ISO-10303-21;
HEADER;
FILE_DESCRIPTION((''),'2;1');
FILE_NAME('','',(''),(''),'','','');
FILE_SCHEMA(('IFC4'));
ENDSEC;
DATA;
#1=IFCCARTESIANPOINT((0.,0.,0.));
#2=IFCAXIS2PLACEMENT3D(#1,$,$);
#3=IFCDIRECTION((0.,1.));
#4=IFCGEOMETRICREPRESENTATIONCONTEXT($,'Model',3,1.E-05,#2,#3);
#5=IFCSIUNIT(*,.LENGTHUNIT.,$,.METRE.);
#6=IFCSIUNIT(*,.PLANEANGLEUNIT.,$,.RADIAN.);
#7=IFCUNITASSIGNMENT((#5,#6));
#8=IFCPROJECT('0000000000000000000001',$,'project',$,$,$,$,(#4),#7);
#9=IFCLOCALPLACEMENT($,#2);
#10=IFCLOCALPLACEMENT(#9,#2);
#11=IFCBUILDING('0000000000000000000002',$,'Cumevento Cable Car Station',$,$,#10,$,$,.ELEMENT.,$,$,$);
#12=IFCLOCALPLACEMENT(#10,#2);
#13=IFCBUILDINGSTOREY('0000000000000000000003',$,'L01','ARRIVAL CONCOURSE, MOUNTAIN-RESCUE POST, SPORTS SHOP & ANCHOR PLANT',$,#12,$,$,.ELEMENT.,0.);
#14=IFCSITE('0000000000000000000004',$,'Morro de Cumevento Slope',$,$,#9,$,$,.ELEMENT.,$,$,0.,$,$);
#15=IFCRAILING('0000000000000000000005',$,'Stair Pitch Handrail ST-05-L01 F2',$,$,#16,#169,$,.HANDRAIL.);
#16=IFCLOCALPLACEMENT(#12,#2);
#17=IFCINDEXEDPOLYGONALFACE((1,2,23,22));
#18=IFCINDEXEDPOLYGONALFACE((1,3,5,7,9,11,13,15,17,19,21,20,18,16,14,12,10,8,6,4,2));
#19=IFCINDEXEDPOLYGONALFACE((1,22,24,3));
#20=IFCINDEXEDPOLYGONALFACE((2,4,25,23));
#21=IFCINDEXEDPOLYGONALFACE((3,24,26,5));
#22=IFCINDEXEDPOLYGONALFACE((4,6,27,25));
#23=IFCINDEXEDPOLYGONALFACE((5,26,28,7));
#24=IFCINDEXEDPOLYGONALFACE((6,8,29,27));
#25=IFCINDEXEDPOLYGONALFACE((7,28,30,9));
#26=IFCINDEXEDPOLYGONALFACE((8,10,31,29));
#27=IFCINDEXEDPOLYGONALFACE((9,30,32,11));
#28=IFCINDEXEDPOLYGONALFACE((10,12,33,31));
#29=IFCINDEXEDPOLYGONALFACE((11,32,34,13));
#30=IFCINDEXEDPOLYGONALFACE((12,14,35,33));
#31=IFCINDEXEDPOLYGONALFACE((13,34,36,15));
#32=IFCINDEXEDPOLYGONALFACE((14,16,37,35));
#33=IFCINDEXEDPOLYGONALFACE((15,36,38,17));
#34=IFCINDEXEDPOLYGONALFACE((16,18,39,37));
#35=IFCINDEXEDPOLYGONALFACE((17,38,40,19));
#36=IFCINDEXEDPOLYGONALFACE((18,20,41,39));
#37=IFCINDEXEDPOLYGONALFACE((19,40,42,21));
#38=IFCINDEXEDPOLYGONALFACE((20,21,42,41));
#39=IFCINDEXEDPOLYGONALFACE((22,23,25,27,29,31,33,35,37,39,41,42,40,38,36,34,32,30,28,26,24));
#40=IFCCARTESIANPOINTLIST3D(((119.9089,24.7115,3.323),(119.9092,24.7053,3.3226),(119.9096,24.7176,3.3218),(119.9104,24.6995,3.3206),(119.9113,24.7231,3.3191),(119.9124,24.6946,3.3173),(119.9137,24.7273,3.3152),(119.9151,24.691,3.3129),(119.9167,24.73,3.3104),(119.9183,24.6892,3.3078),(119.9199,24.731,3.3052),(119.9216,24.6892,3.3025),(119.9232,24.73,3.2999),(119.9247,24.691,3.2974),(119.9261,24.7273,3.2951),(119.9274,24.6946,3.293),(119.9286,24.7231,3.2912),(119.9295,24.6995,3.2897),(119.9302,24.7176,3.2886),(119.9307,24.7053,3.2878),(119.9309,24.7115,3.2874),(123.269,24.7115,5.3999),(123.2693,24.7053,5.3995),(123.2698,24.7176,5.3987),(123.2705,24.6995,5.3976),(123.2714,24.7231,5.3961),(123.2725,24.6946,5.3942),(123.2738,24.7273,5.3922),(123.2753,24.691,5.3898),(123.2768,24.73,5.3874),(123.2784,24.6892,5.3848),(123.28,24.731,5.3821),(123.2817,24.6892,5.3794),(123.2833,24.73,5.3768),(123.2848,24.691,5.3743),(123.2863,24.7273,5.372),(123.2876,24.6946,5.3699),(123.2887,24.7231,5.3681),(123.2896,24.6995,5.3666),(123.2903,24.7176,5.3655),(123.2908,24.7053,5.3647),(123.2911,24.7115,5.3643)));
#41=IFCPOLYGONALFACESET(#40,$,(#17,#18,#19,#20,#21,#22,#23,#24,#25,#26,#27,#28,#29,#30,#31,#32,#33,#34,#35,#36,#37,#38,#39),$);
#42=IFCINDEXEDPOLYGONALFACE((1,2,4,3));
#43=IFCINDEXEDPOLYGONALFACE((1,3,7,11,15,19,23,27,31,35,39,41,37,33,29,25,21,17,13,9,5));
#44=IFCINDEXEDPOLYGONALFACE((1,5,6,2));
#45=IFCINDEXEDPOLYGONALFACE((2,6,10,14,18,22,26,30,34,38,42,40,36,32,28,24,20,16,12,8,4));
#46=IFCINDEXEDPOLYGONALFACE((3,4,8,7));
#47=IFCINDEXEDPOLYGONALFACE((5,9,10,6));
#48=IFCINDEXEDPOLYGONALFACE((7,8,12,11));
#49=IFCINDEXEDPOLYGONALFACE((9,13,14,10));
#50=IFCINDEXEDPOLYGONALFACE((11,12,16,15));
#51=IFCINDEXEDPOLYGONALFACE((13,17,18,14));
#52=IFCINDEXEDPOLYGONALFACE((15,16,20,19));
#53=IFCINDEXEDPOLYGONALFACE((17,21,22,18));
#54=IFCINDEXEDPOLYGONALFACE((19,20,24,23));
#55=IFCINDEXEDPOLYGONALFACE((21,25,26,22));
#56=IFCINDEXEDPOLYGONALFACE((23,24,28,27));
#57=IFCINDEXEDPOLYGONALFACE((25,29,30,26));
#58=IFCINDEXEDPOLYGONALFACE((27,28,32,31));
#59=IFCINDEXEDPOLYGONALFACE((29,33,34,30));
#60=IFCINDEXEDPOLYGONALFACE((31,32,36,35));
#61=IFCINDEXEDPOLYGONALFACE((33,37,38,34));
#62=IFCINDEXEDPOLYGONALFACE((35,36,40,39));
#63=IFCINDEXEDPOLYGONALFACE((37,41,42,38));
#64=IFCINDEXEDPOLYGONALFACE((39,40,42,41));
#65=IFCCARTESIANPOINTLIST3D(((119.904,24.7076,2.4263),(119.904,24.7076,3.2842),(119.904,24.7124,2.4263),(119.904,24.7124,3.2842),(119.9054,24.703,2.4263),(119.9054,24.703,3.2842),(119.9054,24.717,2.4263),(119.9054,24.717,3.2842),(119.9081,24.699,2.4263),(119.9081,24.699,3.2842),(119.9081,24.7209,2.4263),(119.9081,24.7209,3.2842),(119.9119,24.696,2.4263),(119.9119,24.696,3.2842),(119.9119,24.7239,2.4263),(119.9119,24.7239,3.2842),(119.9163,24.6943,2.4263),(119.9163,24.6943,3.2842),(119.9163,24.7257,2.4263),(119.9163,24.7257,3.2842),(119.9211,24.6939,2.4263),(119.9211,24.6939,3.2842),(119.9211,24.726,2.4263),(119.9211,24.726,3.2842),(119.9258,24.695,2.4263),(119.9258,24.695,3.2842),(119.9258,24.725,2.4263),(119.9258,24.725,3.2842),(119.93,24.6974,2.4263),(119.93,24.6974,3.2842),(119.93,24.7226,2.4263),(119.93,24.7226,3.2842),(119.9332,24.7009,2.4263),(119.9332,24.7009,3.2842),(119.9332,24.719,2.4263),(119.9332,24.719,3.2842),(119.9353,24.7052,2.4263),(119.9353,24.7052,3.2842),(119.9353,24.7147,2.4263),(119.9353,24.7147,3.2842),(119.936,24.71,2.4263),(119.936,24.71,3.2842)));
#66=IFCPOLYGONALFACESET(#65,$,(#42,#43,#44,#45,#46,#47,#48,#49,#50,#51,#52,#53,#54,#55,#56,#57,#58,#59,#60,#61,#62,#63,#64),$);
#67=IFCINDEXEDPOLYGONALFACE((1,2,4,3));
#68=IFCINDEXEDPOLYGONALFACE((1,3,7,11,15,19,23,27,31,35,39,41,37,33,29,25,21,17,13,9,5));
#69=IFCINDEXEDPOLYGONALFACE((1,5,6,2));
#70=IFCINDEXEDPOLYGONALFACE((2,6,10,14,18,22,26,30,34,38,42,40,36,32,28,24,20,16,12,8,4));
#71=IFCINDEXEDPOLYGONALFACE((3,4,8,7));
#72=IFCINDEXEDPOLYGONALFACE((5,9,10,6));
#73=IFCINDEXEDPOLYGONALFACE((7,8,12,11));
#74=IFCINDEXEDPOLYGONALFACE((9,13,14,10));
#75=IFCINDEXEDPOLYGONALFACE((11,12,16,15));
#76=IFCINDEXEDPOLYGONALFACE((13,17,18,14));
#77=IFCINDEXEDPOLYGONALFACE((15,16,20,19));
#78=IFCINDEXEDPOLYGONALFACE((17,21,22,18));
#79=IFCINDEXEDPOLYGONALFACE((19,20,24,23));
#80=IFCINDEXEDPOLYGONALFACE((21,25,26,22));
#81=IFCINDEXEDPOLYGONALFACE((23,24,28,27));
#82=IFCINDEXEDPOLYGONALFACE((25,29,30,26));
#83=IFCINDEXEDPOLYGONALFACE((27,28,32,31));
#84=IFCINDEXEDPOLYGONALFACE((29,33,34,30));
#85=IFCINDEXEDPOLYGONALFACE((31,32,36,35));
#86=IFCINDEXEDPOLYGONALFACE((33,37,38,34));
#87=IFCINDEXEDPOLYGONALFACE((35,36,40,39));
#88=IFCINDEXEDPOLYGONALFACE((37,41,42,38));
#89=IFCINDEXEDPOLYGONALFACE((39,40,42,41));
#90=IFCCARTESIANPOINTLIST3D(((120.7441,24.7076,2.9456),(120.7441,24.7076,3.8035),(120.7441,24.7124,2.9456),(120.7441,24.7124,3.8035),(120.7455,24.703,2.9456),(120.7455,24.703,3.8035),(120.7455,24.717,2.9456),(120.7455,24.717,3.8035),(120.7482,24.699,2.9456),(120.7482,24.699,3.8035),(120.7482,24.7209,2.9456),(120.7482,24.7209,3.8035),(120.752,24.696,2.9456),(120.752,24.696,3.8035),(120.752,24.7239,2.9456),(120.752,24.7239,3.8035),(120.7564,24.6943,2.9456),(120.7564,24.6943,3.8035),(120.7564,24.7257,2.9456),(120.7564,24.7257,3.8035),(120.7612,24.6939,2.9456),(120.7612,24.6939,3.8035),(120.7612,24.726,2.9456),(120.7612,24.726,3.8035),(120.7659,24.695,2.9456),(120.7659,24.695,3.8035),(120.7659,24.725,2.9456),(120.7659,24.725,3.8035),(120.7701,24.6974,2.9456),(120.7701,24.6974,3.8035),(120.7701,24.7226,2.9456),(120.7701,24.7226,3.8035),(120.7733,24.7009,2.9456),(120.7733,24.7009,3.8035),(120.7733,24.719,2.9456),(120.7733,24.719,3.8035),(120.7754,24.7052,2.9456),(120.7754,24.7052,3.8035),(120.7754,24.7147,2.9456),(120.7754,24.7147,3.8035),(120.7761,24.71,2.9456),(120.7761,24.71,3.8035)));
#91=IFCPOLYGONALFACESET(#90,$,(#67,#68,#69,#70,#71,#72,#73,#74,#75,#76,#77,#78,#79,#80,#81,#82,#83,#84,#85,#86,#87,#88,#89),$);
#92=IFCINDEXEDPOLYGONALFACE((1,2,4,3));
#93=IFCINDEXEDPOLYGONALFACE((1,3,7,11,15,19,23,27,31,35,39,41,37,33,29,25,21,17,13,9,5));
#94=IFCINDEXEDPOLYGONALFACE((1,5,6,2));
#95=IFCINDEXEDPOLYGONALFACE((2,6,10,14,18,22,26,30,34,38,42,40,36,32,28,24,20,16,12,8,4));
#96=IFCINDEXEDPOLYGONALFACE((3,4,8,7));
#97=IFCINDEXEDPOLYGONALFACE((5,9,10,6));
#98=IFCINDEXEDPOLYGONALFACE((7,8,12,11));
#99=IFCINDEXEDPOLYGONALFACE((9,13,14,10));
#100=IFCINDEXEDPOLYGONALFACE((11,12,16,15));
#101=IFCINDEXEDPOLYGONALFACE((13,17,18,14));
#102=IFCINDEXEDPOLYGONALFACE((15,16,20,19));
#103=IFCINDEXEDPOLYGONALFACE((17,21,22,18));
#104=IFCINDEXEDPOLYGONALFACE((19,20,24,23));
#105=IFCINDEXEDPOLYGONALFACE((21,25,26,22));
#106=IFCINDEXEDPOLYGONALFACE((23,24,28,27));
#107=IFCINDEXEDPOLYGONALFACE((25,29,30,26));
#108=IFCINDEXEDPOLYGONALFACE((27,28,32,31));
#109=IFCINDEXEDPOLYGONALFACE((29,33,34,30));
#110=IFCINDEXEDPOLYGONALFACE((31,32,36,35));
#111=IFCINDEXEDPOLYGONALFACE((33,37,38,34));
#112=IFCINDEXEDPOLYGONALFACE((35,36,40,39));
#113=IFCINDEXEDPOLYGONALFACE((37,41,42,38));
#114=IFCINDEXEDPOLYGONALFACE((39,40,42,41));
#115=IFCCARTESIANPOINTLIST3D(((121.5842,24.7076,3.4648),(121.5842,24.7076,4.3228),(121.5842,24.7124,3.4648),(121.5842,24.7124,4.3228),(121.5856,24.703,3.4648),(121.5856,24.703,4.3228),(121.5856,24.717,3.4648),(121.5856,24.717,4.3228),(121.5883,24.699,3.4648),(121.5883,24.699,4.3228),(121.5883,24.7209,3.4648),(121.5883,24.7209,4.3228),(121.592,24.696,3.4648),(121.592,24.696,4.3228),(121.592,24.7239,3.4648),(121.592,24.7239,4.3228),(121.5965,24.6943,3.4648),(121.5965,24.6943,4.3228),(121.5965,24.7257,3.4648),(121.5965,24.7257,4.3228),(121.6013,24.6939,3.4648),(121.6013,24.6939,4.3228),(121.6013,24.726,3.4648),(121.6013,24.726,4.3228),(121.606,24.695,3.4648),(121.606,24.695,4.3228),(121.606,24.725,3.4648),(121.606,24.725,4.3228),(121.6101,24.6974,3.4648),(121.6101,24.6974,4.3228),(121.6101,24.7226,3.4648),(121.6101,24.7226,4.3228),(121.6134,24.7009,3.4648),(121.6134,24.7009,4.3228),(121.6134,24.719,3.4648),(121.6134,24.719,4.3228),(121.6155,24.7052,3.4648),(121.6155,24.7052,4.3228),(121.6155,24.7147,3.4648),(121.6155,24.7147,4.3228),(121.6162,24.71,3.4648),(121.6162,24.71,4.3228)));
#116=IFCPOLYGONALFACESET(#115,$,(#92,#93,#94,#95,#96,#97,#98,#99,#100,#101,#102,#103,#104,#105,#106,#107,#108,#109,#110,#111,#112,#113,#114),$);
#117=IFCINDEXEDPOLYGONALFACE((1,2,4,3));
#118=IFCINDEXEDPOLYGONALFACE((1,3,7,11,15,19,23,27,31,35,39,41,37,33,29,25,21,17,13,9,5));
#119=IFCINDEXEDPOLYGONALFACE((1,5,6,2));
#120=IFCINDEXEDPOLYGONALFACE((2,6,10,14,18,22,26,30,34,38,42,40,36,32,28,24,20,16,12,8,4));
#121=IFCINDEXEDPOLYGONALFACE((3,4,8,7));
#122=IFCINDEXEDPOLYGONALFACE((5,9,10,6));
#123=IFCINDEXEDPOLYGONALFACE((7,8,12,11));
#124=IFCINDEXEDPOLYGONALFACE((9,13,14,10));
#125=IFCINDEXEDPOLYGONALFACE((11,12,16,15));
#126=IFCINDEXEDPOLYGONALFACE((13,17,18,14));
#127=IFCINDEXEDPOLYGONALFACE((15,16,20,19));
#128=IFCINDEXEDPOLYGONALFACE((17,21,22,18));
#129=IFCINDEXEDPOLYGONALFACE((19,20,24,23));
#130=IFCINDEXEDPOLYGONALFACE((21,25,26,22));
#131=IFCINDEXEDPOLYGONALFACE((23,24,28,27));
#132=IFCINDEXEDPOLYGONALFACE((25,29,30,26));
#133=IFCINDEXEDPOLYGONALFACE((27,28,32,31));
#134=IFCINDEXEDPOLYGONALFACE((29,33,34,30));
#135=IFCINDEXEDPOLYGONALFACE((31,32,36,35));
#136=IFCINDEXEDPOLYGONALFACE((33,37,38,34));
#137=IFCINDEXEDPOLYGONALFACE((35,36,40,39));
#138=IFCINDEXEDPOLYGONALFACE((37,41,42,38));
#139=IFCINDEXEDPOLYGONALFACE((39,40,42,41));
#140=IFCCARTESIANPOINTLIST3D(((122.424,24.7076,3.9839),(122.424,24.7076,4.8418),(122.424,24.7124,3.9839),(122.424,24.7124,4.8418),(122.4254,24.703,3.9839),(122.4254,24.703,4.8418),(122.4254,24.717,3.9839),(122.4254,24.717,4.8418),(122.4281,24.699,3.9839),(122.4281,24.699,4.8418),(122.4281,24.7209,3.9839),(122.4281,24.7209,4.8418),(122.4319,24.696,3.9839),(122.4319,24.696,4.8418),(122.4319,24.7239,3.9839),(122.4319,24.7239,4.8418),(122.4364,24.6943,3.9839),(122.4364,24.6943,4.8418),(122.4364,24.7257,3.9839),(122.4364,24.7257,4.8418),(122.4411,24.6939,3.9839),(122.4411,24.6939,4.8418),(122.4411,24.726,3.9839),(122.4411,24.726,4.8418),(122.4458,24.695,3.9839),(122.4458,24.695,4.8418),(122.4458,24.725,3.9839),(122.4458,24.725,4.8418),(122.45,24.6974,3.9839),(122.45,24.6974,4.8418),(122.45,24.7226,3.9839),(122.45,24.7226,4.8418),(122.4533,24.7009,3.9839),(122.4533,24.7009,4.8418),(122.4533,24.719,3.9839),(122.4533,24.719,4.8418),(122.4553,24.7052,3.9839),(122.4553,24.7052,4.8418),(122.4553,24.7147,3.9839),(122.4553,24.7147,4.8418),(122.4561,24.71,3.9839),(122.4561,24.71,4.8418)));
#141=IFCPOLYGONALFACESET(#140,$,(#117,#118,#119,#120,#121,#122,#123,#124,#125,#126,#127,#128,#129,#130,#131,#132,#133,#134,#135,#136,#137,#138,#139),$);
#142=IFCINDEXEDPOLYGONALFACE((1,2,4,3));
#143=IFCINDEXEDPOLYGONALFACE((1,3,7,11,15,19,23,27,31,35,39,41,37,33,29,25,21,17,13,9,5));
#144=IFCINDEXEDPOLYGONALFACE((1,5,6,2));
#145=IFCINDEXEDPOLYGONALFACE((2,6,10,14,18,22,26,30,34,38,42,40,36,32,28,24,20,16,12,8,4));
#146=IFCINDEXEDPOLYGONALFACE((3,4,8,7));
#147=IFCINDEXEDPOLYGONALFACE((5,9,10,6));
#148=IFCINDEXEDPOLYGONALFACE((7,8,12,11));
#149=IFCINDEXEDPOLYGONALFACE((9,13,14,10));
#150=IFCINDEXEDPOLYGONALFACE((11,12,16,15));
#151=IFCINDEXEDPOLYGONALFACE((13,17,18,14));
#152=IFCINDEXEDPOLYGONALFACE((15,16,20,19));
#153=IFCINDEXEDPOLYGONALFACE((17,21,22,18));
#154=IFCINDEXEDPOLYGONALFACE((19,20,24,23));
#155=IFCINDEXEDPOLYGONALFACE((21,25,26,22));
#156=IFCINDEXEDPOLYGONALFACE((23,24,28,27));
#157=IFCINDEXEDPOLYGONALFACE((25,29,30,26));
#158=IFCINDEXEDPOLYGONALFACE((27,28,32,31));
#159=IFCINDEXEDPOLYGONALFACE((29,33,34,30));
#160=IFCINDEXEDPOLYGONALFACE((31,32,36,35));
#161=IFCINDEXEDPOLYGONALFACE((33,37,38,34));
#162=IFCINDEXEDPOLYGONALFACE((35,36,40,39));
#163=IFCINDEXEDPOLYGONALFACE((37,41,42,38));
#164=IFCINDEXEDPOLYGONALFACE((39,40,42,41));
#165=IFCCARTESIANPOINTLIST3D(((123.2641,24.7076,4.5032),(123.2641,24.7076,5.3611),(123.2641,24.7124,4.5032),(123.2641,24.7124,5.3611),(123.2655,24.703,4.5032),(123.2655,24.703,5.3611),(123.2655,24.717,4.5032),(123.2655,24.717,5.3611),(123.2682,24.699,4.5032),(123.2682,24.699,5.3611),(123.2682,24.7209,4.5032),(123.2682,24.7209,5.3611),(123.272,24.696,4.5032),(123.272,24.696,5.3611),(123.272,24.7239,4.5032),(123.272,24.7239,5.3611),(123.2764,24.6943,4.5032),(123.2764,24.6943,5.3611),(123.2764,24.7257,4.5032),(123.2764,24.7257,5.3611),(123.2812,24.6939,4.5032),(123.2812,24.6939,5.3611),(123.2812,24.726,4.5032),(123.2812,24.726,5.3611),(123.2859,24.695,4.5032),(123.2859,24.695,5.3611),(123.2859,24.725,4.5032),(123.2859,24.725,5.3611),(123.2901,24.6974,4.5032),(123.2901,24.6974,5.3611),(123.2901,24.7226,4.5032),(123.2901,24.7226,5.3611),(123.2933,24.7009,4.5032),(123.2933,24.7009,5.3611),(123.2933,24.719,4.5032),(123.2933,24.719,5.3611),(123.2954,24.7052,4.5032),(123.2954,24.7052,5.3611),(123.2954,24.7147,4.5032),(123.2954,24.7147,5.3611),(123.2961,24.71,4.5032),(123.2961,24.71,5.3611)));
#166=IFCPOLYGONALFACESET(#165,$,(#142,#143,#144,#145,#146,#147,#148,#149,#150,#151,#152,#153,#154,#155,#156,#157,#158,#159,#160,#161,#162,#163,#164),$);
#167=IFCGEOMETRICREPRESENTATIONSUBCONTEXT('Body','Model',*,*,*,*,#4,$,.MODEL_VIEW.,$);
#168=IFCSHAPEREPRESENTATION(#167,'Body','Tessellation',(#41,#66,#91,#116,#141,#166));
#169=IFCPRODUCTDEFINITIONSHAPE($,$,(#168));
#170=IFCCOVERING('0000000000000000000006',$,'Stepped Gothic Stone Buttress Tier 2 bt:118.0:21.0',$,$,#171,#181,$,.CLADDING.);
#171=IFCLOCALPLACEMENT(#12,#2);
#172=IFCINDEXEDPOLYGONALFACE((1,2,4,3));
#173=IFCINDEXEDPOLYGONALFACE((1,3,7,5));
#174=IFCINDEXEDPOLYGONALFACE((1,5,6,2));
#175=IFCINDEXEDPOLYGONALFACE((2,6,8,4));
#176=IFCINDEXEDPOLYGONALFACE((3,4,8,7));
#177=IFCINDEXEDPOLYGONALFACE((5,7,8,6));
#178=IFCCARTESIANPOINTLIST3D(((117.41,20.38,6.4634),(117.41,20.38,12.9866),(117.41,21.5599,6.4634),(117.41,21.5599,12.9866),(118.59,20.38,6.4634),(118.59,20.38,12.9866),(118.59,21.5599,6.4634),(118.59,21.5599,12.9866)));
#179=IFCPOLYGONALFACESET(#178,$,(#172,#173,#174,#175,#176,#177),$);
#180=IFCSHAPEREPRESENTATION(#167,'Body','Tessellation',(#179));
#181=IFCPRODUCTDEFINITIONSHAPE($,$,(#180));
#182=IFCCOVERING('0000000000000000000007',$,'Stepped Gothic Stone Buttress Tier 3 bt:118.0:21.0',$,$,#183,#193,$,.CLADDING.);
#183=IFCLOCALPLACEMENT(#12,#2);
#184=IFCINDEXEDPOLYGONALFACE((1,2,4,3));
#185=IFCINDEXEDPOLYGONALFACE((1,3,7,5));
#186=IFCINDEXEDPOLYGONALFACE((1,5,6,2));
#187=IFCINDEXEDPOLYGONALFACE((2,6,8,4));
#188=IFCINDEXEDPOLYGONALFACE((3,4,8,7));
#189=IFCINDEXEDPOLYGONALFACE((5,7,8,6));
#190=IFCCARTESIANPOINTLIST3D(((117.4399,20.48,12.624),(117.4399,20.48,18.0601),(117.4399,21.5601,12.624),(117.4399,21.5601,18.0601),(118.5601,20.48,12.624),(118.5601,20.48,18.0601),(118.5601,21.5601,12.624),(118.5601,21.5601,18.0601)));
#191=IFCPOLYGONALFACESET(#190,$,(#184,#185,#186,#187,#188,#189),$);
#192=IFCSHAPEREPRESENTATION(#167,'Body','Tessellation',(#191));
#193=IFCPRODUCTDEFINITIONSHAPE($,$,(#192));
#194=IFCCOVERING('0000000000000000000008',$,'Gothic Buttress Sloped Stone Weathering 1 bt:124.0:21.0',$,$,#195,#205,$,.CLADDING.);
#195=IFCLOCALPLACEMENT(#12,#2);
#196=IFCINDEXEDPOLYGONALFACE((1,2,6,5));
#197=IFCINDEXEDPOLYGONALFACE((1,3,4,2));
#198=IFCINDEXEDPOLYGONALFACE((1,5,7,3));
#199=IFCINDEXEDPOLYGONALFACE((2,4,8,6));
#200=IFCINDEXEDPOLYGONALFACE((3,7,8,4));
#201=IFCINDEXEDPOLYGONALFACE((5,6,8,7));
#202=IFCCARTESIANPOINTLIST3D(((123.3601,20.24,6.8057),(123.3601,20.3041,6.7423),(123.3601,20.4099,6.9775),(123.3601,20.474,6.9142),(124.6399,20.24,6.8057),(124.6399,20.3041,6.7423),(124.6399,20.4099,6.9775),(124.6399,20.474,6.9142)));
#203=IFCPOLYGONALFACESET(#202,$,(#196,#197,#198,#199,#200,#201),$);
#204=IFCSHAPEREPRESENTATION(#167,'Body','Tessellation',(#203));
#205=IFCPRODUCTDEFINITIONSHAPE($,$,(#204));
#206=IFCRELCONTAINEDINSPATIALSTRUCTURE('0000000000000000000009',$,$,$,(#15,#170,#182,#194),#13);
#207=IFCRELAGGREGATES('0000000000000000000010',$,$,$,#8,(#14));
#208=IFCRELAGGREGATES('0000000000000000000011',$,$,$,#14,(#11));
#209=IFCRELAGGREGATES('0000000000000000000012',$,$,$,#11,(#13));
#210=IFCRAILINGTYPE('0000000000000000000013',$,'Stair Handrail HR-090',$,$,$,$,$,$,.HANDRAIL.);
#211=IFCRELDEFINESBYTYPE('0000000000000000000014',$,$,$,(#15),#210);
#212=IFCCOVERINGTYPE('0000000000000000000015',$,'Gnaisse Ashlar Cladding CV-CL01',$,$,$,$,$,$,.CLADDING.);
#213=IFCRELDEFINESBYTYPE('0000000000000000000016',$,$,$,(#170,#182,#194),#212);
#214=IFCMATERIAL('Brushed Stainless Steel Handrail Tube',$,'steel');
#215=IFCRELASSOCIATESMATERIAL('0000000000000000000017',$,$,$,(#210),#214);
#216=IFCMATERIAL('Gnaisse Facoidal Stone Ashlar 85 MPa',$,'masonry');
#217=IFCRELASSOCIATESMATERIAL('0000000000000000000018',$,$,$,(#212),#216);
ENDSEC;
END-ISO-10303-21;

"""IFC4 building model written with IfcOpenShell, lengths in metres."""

from ifc_helpers import new_model, si_unit, direction, frame, origin, origin_2d, place, context, subcontext, project, spatial, polyline, rectangle, circle, outline, extrude, material, type_object, element, save


model = new_model("IFC4")

# Units and contexts
model_context = context("Model", 3, precision=1e-05, world=origin(), true_north=direction((0.0, 1.0)))
body_context = subcontext(model_context, "Body", "Model", "MODEL_VIEW")
ifc_project = project(units=[si_unit("LENGTHUNIT", "METRE"), si_unit("PLANEANGLEUNIT", "RADIAN")], contexts=[model_context])

# Site, building, storey
site_placement = place(None, origin())
site = spatial("IfcSite", under=ifc_project, at=site_placement, Name="Morro de Cumevento Slope", CompositionType="ELEMENT", RefElevation=0.0)
building_placement = place(site_placement, origin())
building = spatial("IfcBuilding", under=site, at=building_placement, Name="Cumevento Cable Car Station", CompositionType="ELEMENT")
storey_placement = place(building_placement, origin())
storey = spatial("IfcBuildingStorey", under=building, at=storey_placement, Name="L01", Description="ARRIVAL CONCOURSE, MOUNTAIN-RESCUE POST, SPORTS SHOP & ANCHOR PLANT", CompositionType="ELEMENT", Elevation=0.0)

# Railing
ifc_material_1 = material(Name="Brushed Stainless Steel Handrail Tube", Category="steel")
railing_type_1 = type_object("IfcRailingType", Name="Stair Handrail HR-090", PredefinedType="HANDRAIL", material=ifc_material_1)
railing_1_placement = place(storey_placement, frame((119.9199, 24.71, 2.4263)))
element("IfcRailing", 1, at=railing_1_placement, inside=storey, type_object=railing_type_1, Name="Stair Pitch Handrail ST-05-L01 F2", PredefinedType="HANDRAIL", context=body_context, shape_type="SweptSolid", body=[
    extrude(circle(Radius=0.021, at=origin_2d()), frame((0.0, 0.0, 0.8789), z_axis=(0.850623, 0.0, 0.525776), x_axis=(0.0, 1.0, 0.0)), (0.0, 0.0, 1.0), 3.9502),
    extrude(circle(Radius=0.0161, at=origin_2d()), origin(), (0.0, 0.0, 1.0), 0.8579),
    extrude(circle(Radius=0.0161, at=origin_2d()), frame((0.8401, 0.0, 0.5193)), (0.0, 0.0, 1.0), 0.8579),
    extrude(circle(Radius=0.0161, at=origin_2d()), frame((1.6802, 0.0, 1.0386)), (0.0, 0.0, 1.0), 0.8579),
    extrude(circle(Radius=0.0161, at=origin_2d()), frame((2.52, 0.0, 1.5576)), (0.0, 0.0, 1.0), 0.8579),
    extrude(circle(Radius=0.0161, at=origin_2d()), frame((3.3601, 0.0, 2.0769)), (0.0, 0.0, 1.0), 0.8579),
])

# Coverings
ifc_material_2 = material(Name="Gnaisse Facoidal Stone Ashlar 85 MPa", Category="masonry")
covering_type = type_object("IfcCoveringType", Name="Gnaisse Ashlar Cladding CV-CL01", PredefinedType="CLADDING", material=ifc_material_2)
covering_1_placement = place(storey_placement, frame((118.0, 20.97, 6.4634), z_axis=(0.0, 0.0, 1.0), x_axis=(1.0, 0.0, 0.0)))
element("IfcCovering", 2, at=covering_1_placement, inside=storey, type_object=covering_type, Name="Stepped Gothic Stone Buttress Tier 2 bt:118.0:21.0", PredefinedType="CLADDING", context=body_context, shape_type="SweptSolid", body=[
    extrude(rectangle(XDim=1.1799, YDim=1.1799, at=origin_2d()), origin(), (0.0, 0.0, 1.0), 6.5232),
])
covering_2_placement = place(storey_placement, frame((118.0, 21.02, 12.624), z_axis=(0.0, 0.0, 1.0), x_axis=(1.0, 0.0, 0.0)))
element("IfcCovering", 3, at=covering_2_placement, inside=storey, type_object=covering_type, Name="Stepped Gothic Stone Buttress Tier 3 bt:118.0:21.0", PredefinedType="CLADDING", context=body_context, shape_type="SweptSolid", body=[
    extrude(rectangle(XDim=1.1201, YDim=1.0801, at=origin_2d()), origin(), (0.0, 0.0, 1.0), 5.436),
])
covering_3_placement = place(storey_placement, frame((123.3601, 20.24, 6.8057), z_axis=(0.0, -0.711136, 0.703055), x_axis=(1.0, 0.0, 0.0)))
element("IfcCovering", 4, at=covering_3_placement, inside=storey, type_object=covering_type, Name="Gothic Buttress Sloped Stone Weathering 1 bt:124.0:21.0", PredefinedType="CLADDING", context=body_context, shape_type="SweptSolid", body=[
    extrude(outline(polyline([(0.0, 0.0), (1.2798, 0.0), (1.2798, 0.2417), (0.0, 0.2417), (0.0, 0.0)])), origin(), (0.0, 0.0, -1.0), 0.0901),
])

save(model, "model.ifc")
